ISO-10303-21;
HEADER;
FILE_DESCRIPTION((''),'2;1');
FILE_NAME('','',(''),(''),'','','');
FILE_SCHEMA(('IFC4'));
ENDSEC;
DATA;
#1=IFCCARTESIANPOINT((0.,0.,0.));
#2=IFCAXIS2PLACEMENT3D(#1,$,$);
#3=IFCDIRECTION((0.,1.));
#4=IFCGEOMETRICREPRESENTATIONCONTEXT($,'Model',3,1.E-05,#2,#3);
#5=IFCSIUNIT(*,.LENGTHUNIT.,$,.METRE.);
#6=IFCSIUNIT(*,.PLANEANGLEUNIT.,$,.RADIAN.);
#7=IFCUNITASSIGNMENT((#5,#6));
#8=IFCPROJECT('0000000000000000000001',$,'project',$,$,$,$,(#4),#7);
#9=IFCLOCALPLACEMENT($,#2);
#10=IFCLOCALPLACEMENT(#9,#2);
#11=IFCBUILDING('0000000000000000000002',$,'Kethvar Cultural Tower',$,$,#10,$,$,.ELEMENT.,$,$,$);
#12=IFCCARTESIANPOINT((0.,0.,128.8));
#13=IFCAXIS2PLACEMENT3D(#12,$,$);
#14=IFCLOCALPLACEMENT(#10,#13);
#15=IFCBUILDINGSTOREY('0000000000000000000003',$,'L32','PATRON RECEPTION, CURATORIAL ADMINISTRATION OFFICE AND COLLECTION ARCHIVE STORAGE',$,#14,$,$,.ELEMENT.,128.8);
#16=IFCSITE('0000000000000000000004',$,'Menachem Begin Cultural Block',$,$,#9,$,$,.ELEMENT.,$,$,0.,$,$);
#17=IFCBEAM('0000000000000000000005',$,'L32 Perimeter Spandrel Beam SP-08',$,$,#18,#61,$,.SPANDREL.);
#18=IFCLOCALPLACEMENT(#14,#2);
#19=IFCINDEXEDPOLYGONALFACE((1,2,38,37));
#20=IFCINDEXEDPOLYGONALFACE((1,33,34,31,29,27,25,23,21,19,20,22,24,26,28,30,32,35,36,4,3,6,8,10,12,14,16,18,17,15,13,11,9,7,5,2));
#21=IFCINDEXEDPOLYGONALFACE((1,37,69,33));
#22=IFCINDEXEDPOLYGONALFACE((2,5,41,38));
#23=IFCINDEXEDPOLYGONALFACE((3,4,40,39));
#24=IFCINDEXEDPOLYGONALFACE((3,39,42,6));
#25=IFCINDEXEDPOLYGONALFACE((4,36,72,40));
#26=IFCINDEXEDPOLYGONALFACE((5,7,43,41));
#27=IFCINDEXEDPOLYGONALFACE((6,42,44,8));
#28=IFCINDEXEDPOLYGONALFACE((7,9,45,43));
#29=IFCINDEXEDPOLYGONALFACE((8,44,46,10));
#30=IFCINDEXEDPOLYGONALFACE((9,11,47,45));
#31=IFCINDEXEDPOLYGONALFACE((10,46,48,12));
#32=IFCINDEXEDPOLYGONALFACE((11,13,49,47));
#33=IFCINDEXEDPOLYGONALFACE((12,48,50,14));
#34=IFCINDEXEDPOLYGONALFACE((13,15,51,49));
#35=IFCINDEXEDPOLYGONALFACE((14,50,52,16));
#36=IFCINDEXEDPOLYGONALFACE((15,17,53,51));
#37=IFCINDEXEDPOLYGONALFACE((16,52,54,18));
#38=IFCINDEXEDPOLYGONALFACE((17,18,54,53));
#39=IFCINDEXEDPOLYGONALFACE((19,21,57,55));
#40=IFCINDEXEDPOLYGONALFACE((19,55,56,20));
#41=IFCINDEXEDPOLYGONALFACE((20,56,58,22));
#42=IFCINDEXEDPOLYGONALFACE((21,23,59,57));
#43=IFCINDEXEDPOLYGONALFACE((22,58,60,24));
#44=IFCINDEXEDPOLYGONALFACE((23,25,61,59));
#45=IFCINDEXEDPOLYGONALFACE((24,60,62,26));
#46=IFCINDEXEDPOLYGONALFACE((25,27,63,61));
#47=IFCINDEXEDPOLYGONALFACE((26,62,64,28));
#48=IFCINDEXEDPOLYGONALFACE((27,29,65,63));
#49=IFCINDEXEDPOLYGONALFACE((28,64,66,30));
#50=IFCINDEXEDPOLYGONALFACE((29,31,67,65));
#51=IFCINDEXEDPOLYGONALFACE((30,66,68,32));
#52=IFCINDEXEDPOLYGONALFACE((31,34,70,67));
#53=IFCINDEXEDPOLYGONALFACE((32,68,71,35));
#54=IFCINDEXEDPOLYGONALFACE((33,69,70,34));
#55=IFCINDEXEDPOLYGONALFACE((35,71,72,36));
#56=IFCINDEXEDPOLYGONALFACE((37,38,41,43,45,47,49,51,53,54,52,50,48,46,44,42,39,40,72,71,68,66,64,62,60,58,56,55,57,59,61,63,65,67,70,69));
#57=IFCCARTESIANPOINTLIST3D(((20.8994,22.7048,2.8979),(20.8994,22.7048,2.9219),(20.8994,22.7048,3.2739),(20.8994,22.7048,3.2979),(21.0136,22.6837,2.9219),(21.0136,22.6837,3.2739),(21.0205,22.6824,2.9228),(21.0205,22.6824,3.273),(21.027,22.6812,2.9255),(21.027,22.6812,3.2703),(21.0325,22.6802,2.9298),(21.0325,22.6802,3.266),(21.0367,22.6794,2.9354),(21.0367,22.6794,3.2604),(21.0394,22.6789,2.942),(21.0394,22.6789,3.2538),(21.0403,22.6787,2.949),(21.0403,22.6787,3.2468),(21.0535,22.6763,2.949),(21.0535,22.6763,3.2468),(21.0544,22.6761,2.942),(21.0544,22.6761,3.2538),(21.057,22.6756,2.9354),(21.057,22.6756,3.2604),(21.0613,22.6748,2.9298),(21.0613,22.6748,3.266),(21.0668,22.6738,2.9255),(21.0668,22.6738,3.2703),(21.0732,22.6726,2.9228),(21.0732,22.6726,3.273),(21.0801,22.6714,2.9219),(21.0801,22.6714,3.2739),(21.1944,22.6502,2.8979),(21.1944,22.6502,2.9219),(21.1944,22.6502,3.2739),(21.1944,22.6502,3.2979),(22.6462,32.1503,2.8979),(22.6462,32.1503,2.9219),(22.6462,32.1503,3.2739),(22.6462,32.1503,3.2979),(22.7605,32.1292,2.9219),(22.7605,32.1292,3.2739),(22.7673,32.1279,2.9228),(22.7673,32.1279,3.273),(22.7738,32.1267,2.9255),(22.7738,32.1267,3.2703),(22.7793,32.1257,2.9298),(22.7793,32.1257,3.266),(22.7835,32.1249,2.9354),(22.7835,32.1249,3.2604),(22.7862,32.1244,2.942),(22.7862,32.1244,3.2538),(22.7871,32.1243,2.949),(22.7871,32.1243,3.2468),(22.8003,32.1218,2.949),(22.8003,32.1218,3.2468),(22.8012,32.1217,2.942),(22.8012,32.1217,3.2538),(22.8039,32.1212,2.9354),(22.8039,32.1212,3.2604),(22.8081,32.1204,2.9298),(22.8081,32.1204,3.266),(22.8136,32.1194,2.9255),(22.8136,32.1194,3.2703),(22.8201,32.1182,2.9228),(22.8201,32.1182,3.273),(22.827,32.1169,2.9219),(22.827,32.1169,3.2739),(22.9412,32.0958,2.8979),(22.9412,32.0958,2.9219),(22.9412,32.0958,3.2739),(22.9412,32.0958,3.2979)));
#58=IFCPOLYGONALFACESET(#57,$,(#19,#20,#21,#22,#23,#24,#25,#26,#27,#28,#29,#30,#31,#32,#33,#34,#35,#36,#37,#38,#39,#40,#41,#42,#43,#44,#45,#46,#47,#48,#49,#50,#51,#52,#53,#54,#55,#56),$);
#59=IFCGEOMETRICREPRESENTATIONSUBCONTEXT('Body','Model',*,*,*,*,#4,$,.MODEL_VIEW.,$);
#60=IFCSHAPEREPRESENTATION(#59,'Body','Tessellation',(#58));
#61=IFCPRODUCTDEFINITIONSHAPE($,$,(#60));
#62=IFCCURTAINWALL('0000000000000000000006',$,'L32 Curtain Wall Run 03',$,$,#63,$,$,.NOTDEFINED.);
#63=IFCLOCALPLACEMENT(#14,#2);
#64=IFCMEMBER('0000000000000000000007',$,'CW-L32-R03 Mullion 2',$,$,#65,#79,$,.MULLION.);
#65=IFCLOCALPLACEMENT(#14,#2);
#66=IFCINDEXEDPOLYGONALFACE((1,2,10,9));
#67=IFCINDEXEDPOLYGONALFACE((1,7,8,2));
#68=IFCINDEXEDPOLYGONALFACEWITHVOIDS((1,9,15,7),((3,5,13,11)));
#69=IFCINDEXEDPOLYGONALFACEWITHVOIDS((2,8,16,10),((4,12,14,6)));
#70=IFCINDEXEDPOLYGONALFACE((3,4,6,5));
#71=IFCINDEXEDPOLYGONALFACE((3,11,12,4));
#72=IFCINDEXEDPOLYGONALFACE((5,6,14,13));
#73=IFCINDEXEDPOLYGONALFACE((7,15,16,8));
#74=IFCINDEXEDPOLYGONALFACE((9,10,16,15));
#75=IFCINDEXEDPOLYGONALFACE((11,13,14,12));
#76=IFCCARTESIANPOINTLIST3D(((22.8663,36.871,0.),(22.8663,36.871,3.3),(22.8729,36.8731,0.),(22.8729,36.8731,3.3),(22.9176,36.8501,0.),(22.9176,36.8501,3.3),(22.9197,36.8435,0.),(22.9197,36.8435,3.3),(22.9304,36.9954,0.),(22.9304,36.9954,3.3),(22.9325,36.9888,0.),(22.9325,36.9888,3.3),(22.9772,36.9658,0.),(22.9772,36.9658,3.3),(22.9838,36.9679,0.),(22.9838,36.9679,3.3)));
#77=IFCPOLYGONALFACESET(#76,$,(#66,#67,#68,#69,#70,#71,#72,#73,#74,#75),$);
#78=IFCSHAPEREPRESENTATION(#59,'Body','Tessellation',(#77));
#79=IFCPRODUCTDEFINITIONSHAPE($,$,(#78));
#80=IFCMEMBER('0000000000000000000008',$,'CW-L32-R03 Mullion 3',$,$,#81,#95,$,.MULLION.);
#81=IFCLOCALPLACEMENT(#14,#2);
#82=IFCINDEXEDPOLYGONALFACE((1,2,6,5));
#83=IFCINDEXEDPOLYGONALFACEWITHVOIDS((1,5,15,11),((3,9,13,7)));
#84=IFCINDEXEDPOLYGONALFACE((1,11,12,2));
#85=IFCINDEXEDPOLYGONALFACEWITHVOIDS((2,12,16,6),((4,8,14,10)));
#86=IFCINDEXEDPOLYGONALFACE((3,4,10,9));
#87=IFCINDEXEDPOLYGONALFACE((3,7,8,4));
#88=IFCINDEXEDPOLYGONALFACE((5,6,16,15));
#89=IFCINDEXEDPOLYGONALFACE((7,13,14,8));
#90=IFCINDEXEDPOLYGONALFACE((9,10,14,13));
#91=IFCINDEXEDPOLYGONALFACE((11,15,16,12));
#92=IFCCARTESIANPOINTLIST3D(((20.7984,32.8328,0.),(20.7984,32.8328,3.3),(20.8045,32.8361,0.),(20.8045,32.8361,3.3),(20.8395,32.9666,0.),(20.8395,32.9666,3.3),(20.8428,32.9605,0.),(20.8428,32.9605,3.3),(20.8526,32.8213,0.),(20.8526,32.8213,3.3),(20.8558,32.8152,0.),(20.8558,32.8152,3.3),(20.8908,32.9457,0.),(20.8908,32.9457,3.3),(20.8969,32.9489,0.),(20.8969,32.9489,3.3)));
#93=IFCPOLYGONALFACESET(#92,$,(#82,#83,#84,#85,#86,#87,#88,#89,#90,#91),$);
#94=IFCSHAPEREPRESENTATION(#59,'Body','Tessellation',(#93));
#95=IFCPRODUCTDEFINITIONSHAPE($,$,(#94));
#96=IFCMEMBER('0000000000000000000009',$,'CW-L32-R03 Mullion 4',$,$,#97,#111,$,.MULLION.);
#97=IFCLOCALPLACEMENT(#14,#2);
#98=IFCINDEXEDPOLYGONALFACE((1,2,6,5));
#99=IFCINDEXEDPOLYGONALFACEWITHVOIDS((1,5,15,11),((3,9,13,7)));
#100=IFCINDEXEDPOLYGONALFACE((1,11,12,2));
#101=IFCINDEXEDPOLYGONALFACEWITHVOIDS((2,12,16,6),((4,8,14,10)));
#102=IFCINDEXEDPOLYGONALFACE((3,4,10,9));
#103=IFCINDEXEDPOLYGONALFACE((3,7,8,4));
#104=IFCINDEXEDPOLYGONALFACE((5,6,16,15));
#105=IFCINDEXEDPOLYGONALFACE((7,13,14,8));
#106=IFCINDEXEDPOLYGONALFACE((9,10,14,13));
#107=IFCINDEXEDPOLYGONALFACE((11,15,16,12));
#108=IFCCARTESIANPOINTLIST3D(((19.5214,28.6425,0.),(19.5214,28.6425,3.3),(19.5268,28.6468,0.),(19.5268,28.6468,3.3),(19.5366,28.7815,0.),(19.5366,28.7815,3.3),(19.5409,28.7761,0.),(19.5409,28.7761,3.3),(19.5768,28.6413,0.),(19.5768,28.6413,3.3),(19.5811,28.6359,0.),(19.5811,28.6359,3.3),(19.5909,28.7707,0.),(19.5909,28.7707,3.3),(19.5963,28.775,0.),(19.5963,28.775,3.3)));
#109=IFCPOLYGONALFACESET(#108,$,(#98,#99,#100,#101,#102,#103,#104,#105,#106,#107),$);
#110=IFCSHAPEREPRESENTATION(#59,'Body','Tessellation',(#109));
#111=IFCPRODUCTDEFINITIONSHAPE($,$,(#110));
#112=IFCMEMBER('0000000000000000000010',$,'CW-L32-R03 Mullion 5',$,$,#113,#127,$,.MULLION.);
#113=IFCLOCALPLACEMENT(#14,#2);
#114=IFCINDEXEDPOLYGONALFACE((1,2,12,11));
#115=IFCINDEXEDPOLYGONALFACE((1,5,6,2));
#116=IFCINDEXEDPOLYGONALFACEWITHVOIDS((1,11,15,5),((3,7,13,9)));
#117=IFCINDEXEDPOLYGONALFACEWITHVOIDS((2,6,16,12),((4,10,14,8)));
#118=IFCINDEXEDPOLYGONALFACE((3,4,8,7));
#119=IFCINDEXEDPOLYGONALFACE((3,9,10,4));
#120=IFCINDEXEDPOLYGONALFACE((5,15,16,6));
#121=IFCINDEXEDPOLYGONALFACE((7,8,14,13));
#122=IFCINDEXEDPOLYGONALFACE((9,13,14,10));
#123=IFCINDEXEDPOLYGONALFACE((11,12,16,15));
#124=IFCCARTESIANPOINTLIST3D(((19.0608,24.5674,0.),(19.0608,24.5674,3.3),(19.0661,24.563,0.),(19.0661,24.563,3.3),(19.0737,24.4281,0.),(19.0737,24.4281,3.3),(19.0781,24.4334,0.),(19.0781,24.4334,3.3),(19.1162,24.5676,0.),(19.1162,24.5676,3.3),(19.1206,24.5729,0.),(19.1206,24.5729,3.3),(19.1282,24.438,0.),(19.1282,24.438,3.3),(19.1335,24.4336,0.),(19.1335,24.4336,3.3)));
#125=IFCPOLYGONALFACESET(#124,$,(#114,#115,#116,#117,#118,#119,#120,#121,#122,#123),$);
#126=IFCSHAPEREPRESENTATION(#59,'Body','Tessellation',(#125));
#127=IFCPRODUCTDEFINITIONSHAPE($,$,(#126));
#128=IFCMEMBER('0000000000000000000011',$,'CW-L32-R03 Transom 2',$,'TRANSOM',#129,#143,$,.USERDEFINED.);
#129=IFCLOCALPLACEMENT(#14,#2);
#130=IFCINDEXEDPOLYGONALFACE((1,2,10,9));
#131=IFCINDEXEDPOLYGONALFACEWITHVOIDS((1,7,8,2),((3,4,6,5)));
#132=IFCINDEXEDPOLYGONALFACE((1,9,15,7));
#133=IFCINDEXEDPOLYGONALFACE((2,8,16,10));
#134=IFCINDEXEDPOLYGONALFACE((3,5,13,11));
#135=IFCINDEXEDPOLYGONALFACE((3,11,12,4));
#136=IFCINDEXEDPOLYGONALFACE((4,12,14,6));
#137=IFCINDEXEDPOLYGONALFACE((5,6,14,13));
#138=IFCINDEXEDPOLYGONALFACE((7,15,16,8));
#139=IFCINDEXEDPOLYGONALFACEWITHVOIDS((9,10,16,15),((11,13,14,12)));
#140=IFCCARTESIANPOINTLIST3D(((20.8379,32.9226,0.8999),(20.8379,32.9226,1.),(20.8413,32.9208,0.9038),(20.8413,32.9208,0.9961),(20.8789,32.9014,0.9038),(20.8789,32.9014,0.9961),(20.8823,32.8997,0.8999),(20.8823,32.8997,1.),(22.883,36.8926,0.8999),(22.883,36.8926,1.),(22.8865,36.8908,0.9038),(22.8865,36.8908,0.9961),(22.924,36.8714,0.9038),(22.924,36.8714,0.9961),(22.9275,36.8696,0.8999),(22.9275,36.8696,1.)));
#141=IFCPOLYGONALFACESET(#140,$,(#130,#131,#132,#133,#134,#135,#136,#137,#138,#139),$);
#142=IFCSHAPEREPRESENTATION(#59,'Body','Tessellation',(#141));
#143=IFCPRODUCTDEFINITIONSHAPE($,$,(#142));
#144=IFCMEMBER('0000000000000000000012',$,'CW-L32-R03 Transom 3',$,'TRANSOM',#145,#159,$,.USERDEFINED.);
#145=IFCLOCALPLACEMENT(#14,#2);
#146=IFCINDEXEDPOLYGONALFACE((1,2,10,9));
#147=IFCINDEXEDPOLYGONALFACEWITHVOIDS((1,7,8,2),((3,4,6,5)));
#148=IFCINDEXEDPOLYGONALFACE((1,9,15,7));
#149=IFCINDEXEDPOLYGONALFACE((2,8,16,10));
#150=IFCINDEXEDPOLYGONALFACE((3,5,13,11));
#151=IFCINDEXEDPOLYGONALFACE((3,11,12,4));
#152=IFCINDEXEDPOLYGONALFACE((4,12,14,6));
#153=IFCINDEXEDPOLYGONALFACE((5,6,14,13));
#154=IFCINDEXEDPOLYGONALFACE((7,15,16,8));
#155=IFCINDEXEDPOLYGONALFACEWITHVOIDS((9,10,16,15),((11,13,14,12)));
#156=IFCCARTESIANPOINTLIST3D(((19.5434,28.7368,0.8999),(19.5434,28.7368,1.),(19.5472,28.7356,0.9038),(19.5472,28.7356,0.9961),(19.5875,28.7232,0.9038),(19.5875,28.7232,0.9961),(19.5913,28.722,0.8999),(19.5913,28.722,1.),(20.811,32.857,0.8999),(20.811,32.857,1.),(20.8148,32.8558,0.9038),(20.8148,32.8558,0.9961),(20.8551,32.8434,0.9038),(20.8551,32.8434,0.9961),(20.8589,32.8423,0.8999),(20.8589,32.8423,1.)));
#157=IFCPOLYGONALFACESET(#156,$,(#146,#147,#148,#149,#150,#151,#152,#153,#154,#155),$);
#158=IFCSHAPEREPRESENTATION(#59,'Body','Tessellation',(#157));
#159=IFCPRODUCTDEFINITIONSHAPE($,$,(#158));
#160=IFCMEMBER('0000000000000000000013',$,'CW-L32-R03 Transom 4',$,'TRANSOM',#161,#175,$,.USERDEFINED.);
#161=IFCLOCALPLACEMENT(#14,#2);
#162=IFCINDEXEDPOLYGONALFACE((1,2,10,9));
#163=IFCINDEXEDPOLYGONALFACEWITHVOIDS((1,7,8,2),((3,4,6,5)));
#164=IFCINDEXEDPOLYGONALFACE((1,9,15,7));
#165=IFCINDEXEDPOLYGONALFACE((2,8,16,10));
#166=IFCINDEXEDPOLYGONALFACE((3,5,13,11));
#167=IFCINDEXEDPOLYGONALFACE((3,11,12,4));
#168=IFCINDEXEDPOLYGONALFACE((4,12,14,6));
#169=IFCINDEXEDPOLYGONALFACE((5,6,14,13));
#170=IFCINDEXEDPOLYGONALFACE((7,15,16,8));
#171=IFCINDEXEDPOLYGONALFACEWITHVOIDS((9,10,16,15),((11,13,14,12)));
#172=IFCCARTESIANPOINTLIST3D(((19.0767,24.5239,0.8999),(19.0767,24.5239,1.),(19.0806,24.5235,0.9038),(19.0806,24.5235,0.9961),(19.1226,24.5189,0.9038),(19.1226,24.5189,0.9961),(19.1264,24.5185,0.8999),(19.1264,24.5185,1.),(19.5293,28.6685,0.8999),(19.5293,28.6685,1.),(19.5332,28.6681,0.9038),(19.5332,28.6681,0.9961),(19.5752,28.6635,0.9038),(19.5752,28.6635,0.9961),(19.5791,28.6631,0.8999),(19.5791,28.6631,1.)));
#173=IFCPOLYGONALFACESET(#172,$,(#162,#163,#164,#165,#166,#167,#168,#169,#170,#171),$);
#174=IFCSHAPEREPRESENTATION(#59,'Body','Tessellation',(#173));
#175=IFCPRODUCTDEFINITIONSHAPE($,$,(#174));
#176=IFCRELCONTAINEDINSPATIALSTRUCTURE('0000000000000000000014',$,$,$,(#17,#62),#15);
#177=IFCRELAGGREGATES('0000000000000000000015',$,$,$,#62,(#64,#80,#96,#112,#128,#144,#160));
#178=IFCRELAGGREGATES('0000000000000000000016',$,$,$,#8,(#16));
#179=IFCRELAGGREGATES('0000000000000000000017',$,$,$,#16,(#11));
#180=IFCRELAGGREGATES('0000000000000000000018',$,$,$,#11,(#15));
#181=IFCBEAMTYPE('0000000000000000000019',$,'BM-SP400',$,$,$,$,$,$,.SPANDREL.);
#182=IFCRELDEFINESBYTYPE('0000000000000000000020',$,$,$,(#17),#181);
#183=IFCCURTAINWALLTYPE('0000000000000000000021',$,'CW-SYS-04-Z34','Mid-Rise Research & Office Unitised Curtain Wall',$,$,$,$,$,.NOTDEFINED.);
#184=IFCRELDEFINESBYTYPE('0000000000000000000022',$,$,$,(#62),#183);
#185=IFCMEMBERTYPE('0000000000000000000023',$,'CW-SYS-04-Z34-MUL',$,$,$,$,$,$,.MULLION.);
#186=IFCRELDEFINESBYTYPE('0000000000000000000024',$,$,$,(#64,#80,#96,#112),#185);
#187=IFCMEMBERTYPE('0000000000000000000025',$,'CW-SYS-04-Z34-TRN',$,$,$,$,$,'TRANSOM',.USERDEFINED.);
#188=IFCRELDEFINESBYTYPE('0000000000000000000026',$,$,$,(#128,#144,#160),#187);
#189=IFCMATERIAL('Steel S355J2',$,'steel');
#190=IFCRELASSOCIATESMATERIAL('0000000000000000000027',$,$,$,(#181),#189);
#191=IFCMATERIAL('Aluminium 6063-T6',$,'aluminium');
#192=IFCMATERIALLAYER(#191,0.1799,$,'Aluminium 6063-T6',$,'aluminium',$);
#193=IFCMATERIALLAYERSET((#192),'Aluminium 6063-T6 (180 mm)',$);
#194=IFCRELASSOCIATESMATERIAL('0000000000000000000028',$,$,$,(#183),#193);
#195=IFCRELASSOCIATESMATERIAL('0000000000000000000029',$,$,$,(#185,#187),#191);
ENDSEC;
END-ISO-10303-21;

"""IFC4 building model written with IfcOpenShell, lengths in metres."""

from ifc_helpers import new_model, si_unit, direction, frame, origin, origin_2d, place, context, subcontext, project, spatial, hollow_rectangle, i_section, extrude, source, transform, mapped, material, layer, layer_set, material_profile, profile_set, type_object, element, aggregate, save


model = new_model("IFC4")

# Units and contexts
model_context = context("Model", 3, precision=1e-05, world=origin(), true_north=direction((0.0, 1.0)))
body_context = subcontext(model_context, "Body", "Model", "MODEL_VIEW")
ifc_project = project(units=[si_unit("LENGTHUNIT", "METRE"), si_unit("PLANEANGLEUNIT", "RADIAN")], contexts=[model_context])

# Site, building, storey
site_placement = place(None, origin())
site = spatial("IfcSite", under=ifc_project, at=site_placement, Name="Menachem Begin Cultural Block", CompositionType="ELEMENT", RefElevation=0.0)
building_placement = place(site_placement, origin())
building = spatial("IfcBuilding", under=site, at=building_placement, Name="Kethvar Cultural Tower", CompositionType="ELEMENT")
storey_placement = place(building_placement, frame((0.0, 0.0, 128.8)))
storey = spatial("IfcBuildingStorey", under=building, at=storey_placement, Name="L32", Description="PATRON RECEPTION, CURATORIAL ADMINISTRATION OFFICE AND COLLECTION ARCHIVE STORAGE", CompositionType="ELEMENT", Elevation=128.8)

# Beam
ifc_material_1 = material(Name="Steel S355J2", Category="steel")
ifc_material_profile_1 = material_profile(ifc_material_1, i_section(OverallWidth=0.3, OverallDepth=0.3999, WebThickness=0.0134, FlangeThickness=0.0239, FilletRadius=0.0271, at=origin_2d()), Name="Steel S355J2 — HEB400")
ifc_profile_set_1 = profile_set([ifc_material_profile_1], Name="Steel S355J2 — HEB400")
beam_type_1 = type_object("IfcBeamType", Name="BM-SP400", PredefinedType="SPANDREL", material=ifc_profile_set_1)
shared_shape_1 = source(origin(), body_context, "Body", "SweptSolid", [
    extrude(i_section(OverallWidth=0.3, OverallDepth=0.3999, WebThickness=0.0134, FlangeThickness=0.0239, FilletRadius=0.0271, at=origin_2d()), origin(), (0.0, 0.0, 1.0), 9.6057),
])
beam_1_placement = place(storey_placement, frame((22.7937, 32.123, 3.0979), z_axis=(-0.181853, -0.983326, 0.0), x_axis=(0.983326, -0.181853, 0.0)))
element("IfcBeam", 1, at=beam_1_placement, inside=storey, type_object=beam_type_1, Name="L32 Perimeter Spandrel Beam SP-08", PredefinedType="SPANDREL", context=body_context, shape_type="MappedRepresentation", body=[
    mapped(shared_shape_1, transform((0.0, 0.0, 0.0), scale=1.0)),
])

# Curtain wall, members
ifc_material_2 = material(Name="Aluminium 6063-T6", Category="aluminium")
ifc_layer_1 = layer(ifc_material_2, 0.1799, Name="Aluminium 6063-T6", Category="aluminium")
ifc_layer_set_1 = layer_set([ifc_layer_1], Name="Aluminium 6063-T6 (180 mm)")
curtain_wall_type = type_object("IfcCurtainWallType", Name="CW-SYS-04-Z34", Description="Mid-Rise Research & Office Unitised Curtain Wall", PredefinedType="NOTDEFINED", material=ifc_layer_set_1)
curtain_wall_placement = place(storey_placement, origin())
curtain_wall = element("IfcCurtainWall", 2, at=curtain_wall_placement, inside=storey, type_object=curtain_wall_type, Name="L32 Curtain Wall Run 03", PredefinedType="NOTDEFINED")
ifc_material_profile_2 = material_profile(ifc_material_2, hollow_rectangle(XDim=0.0601, YDim=0.1399, WallThickness=0.0049, at=origin_2d()), Name="Aluminium 6063-T6 — RHS140x60x5")
ifc_profile_set_2 = profile_set([ifc_material_profile_2], Name="Aluminium 6063-T6 — RHS140x60x5")
member_type_1 = type_object("IfcMemberType", Name="CW-SYS-04-Z34-MUL", PredefinedType="MULLION", material=ifc_profile_set_2)
shared_shape_2 = source(origin(), body_context, "Body", "SweptSolid", [
    extrude(hollow_rectangle(XDim=0.0601, YDim=0.1399, WallThickness=0.0049, at=origin_2d()), origin(), (0.0, 0.0, 1.0), 3.3),
])
member_1_placement = place(storey_placement, frame((22.925, 36.9194, 0.0), z_axis=(0.0, 0.0, 1.0), x_axis=(0.888977, -0.457951, 0.0)))
member_1 = element("IfcMember", 3, at=member_1_placement, type_object=member_type_1, Name="CW-L32-R03 Mullion 2", PredefinedType="MULLION", context=body_context, shape_type="MappedRepresentation", body=[
    mapped(shared_shape_2, transform((0.0, 0.0, 0.0), scale=1.0)),
])
member_2_placement = place(storey_placement, frame((20.8477, 32.8909, 0.0), z_axis=(0.0, 0.0, 1.0), x_axis=(0.955783, -0.294074, 0.0)))
member_2 = element("IfcMember", 4, at=member_2_placement, type_object=member_type_1, Name="CW-L32-R03 Mullion 3", PredefinedType="MULLION", context=body_context, shape_type="MappedRepresentation", body=[
    mapped(shared_shape_2, transform((0.0, 0.0, 0.0), scale=1.0)),
])
member_3_placement = place(storey_placement, frame((19.5588, 28.7087, 0.0), z_axis=(0.0, 0.0, 1.0), x_axis=(0.994089, -0.108572, 0.0)))
member_3 = element("IfcMember", 5, at=member_3_placement, type_object=member_type_1, Name="CW-L32-R03 Mullion 4", PredefinedType="MULLION", context=body_context, shape_type="MappedRepresentation", body=[
    mapped(shared_shape_2, transform((0.0, 0.0, 0.0), scale=1.0)),
])
member_4_placement = place(storey_placement, frame((19.0972, 24.5005, 0.0), z_axis=(0.0, 0.0, 1.0), x_axis=(0.995725, 0.092371, 0.0)))
member_4 = element("IfcMember", 6, at=member_4_placement, type_object=member_type_1, Name="CW-L32-R03 Mullion 5", PredefinedType="MULLION", context=body_context, shape_type="MappedRepresentation", body=[
    mapped(shared_shape_2, transform((0.0, 0.0, 0.0), scale=1.0)),
])
ifc_material_profile_3 = material_profile(ifc_material_2, hollow_rectangle(XDim=0.05, YDim=0.1001, WallThickness=0.0039, at=origin_2d()), Name="Aluminium 6063-T6 — RHS100x50x4")
ifc_profile_set_3 = profile_set([ifc_material_profile_3], Name="Aluminium 6063-T6 — RHS100x50x4")
member_type_2 = type_object("IfcMemberType", Name="CW-SYS-04-Z34-TRN", ElementType="TRANSOM", PredefinedType="USERDEFINED", material=ifc_profile_set_3)
shared_shape_3 = source(origin(), body_context, "Body", "SweptSolid", [
    extrude(hollow_rectangle(XDim=0.05, YDim=0.1001, WallThickness=0.0039, at=origin_2d()), origin(), (0.0, 0.0, 1.0), 4.4658),
])
member_5_placement = place(storey_placement, frame((22.9053, 36.8811, 0.95), z_axis=(-0.457962, -0.888972, 0.0), x_axis=(0.888972, -0.457962, 0.0)))
member_5 = element("IfcMember", 7, at=member_5_placement, type_object=member_type_2, Name="CW-L32-R03 Transom 2", ObjectType="TRANSOM", PredefinedType="USERDEFINED", context=body_context, shape_type="MappedRepresentation", body=[
    mapped(shared_shape_3, transform((0.0, 0.0, 0.0), scale=1.0)),
])
shared_shape_4 = source(origin(), body_context, "Body", "SweptSolid", [
    extrude(hollow_rectangle(XDim=0.05, YDim=0.1001, WallThickness=0.0039, at=origin_2d()), origin(), (0.0, 0.0, 1.0), 4.3108),
])
member_6_placement = place(storey_placement, frame((20.835, 32.8496, 0.95), z_axis=(-0.294054, -0.955789, 0.0), x_axis=(0.955789, -0.294054, 0.0)))
member_6 = element("IfcMember", 8, at=member_6_placement, type_object=member_type_2, Name="CW-L32-R03 Transom 3", ObjectType="TRANSOM", PredefinedType="USERDEFINED", context=body_context, shape_type="MappedRepresentation", body=[
    mapped(shared_shape_4, transform((0.0, 0.0, 0.0), scale=1.0)),
])
shared_shape_5 = source(origin(), body_context, "Body", "SweptSolid", [
    extrude(hollow_rectangle(XDim=0.05, YDim=0.1001, WallThickness=0.0039, at=origin_2d()), origin(), (0.0, 0.0, 1.0), 4.1692),
])
member_7_placement = place(storey_placement, frame((19.5542, 28.6658, 0.95), z_axis=(-0.108567, -0.994089, 0.0), x_axis=(0.994089, -0.108567, 0.0)))
member_7 = element("IfcMember", 9, at=member_7_placement, type_object=member_type_2, Name="CW-L32-R03 Transom 4", ObjectType="TRANSOM", PredefinedType="USERDEFINED", context=body_context, shape_type="MappedRepresentation", body=[
    mapped(shared_shape_5, transform((0.0, 0.0, 0.0), scale=1.0)),
])
aggregate(curtain_wall, [member_1, member_2, member_3, member_4, member_5, member_6, member_7])

save(model, "model.ifc")
